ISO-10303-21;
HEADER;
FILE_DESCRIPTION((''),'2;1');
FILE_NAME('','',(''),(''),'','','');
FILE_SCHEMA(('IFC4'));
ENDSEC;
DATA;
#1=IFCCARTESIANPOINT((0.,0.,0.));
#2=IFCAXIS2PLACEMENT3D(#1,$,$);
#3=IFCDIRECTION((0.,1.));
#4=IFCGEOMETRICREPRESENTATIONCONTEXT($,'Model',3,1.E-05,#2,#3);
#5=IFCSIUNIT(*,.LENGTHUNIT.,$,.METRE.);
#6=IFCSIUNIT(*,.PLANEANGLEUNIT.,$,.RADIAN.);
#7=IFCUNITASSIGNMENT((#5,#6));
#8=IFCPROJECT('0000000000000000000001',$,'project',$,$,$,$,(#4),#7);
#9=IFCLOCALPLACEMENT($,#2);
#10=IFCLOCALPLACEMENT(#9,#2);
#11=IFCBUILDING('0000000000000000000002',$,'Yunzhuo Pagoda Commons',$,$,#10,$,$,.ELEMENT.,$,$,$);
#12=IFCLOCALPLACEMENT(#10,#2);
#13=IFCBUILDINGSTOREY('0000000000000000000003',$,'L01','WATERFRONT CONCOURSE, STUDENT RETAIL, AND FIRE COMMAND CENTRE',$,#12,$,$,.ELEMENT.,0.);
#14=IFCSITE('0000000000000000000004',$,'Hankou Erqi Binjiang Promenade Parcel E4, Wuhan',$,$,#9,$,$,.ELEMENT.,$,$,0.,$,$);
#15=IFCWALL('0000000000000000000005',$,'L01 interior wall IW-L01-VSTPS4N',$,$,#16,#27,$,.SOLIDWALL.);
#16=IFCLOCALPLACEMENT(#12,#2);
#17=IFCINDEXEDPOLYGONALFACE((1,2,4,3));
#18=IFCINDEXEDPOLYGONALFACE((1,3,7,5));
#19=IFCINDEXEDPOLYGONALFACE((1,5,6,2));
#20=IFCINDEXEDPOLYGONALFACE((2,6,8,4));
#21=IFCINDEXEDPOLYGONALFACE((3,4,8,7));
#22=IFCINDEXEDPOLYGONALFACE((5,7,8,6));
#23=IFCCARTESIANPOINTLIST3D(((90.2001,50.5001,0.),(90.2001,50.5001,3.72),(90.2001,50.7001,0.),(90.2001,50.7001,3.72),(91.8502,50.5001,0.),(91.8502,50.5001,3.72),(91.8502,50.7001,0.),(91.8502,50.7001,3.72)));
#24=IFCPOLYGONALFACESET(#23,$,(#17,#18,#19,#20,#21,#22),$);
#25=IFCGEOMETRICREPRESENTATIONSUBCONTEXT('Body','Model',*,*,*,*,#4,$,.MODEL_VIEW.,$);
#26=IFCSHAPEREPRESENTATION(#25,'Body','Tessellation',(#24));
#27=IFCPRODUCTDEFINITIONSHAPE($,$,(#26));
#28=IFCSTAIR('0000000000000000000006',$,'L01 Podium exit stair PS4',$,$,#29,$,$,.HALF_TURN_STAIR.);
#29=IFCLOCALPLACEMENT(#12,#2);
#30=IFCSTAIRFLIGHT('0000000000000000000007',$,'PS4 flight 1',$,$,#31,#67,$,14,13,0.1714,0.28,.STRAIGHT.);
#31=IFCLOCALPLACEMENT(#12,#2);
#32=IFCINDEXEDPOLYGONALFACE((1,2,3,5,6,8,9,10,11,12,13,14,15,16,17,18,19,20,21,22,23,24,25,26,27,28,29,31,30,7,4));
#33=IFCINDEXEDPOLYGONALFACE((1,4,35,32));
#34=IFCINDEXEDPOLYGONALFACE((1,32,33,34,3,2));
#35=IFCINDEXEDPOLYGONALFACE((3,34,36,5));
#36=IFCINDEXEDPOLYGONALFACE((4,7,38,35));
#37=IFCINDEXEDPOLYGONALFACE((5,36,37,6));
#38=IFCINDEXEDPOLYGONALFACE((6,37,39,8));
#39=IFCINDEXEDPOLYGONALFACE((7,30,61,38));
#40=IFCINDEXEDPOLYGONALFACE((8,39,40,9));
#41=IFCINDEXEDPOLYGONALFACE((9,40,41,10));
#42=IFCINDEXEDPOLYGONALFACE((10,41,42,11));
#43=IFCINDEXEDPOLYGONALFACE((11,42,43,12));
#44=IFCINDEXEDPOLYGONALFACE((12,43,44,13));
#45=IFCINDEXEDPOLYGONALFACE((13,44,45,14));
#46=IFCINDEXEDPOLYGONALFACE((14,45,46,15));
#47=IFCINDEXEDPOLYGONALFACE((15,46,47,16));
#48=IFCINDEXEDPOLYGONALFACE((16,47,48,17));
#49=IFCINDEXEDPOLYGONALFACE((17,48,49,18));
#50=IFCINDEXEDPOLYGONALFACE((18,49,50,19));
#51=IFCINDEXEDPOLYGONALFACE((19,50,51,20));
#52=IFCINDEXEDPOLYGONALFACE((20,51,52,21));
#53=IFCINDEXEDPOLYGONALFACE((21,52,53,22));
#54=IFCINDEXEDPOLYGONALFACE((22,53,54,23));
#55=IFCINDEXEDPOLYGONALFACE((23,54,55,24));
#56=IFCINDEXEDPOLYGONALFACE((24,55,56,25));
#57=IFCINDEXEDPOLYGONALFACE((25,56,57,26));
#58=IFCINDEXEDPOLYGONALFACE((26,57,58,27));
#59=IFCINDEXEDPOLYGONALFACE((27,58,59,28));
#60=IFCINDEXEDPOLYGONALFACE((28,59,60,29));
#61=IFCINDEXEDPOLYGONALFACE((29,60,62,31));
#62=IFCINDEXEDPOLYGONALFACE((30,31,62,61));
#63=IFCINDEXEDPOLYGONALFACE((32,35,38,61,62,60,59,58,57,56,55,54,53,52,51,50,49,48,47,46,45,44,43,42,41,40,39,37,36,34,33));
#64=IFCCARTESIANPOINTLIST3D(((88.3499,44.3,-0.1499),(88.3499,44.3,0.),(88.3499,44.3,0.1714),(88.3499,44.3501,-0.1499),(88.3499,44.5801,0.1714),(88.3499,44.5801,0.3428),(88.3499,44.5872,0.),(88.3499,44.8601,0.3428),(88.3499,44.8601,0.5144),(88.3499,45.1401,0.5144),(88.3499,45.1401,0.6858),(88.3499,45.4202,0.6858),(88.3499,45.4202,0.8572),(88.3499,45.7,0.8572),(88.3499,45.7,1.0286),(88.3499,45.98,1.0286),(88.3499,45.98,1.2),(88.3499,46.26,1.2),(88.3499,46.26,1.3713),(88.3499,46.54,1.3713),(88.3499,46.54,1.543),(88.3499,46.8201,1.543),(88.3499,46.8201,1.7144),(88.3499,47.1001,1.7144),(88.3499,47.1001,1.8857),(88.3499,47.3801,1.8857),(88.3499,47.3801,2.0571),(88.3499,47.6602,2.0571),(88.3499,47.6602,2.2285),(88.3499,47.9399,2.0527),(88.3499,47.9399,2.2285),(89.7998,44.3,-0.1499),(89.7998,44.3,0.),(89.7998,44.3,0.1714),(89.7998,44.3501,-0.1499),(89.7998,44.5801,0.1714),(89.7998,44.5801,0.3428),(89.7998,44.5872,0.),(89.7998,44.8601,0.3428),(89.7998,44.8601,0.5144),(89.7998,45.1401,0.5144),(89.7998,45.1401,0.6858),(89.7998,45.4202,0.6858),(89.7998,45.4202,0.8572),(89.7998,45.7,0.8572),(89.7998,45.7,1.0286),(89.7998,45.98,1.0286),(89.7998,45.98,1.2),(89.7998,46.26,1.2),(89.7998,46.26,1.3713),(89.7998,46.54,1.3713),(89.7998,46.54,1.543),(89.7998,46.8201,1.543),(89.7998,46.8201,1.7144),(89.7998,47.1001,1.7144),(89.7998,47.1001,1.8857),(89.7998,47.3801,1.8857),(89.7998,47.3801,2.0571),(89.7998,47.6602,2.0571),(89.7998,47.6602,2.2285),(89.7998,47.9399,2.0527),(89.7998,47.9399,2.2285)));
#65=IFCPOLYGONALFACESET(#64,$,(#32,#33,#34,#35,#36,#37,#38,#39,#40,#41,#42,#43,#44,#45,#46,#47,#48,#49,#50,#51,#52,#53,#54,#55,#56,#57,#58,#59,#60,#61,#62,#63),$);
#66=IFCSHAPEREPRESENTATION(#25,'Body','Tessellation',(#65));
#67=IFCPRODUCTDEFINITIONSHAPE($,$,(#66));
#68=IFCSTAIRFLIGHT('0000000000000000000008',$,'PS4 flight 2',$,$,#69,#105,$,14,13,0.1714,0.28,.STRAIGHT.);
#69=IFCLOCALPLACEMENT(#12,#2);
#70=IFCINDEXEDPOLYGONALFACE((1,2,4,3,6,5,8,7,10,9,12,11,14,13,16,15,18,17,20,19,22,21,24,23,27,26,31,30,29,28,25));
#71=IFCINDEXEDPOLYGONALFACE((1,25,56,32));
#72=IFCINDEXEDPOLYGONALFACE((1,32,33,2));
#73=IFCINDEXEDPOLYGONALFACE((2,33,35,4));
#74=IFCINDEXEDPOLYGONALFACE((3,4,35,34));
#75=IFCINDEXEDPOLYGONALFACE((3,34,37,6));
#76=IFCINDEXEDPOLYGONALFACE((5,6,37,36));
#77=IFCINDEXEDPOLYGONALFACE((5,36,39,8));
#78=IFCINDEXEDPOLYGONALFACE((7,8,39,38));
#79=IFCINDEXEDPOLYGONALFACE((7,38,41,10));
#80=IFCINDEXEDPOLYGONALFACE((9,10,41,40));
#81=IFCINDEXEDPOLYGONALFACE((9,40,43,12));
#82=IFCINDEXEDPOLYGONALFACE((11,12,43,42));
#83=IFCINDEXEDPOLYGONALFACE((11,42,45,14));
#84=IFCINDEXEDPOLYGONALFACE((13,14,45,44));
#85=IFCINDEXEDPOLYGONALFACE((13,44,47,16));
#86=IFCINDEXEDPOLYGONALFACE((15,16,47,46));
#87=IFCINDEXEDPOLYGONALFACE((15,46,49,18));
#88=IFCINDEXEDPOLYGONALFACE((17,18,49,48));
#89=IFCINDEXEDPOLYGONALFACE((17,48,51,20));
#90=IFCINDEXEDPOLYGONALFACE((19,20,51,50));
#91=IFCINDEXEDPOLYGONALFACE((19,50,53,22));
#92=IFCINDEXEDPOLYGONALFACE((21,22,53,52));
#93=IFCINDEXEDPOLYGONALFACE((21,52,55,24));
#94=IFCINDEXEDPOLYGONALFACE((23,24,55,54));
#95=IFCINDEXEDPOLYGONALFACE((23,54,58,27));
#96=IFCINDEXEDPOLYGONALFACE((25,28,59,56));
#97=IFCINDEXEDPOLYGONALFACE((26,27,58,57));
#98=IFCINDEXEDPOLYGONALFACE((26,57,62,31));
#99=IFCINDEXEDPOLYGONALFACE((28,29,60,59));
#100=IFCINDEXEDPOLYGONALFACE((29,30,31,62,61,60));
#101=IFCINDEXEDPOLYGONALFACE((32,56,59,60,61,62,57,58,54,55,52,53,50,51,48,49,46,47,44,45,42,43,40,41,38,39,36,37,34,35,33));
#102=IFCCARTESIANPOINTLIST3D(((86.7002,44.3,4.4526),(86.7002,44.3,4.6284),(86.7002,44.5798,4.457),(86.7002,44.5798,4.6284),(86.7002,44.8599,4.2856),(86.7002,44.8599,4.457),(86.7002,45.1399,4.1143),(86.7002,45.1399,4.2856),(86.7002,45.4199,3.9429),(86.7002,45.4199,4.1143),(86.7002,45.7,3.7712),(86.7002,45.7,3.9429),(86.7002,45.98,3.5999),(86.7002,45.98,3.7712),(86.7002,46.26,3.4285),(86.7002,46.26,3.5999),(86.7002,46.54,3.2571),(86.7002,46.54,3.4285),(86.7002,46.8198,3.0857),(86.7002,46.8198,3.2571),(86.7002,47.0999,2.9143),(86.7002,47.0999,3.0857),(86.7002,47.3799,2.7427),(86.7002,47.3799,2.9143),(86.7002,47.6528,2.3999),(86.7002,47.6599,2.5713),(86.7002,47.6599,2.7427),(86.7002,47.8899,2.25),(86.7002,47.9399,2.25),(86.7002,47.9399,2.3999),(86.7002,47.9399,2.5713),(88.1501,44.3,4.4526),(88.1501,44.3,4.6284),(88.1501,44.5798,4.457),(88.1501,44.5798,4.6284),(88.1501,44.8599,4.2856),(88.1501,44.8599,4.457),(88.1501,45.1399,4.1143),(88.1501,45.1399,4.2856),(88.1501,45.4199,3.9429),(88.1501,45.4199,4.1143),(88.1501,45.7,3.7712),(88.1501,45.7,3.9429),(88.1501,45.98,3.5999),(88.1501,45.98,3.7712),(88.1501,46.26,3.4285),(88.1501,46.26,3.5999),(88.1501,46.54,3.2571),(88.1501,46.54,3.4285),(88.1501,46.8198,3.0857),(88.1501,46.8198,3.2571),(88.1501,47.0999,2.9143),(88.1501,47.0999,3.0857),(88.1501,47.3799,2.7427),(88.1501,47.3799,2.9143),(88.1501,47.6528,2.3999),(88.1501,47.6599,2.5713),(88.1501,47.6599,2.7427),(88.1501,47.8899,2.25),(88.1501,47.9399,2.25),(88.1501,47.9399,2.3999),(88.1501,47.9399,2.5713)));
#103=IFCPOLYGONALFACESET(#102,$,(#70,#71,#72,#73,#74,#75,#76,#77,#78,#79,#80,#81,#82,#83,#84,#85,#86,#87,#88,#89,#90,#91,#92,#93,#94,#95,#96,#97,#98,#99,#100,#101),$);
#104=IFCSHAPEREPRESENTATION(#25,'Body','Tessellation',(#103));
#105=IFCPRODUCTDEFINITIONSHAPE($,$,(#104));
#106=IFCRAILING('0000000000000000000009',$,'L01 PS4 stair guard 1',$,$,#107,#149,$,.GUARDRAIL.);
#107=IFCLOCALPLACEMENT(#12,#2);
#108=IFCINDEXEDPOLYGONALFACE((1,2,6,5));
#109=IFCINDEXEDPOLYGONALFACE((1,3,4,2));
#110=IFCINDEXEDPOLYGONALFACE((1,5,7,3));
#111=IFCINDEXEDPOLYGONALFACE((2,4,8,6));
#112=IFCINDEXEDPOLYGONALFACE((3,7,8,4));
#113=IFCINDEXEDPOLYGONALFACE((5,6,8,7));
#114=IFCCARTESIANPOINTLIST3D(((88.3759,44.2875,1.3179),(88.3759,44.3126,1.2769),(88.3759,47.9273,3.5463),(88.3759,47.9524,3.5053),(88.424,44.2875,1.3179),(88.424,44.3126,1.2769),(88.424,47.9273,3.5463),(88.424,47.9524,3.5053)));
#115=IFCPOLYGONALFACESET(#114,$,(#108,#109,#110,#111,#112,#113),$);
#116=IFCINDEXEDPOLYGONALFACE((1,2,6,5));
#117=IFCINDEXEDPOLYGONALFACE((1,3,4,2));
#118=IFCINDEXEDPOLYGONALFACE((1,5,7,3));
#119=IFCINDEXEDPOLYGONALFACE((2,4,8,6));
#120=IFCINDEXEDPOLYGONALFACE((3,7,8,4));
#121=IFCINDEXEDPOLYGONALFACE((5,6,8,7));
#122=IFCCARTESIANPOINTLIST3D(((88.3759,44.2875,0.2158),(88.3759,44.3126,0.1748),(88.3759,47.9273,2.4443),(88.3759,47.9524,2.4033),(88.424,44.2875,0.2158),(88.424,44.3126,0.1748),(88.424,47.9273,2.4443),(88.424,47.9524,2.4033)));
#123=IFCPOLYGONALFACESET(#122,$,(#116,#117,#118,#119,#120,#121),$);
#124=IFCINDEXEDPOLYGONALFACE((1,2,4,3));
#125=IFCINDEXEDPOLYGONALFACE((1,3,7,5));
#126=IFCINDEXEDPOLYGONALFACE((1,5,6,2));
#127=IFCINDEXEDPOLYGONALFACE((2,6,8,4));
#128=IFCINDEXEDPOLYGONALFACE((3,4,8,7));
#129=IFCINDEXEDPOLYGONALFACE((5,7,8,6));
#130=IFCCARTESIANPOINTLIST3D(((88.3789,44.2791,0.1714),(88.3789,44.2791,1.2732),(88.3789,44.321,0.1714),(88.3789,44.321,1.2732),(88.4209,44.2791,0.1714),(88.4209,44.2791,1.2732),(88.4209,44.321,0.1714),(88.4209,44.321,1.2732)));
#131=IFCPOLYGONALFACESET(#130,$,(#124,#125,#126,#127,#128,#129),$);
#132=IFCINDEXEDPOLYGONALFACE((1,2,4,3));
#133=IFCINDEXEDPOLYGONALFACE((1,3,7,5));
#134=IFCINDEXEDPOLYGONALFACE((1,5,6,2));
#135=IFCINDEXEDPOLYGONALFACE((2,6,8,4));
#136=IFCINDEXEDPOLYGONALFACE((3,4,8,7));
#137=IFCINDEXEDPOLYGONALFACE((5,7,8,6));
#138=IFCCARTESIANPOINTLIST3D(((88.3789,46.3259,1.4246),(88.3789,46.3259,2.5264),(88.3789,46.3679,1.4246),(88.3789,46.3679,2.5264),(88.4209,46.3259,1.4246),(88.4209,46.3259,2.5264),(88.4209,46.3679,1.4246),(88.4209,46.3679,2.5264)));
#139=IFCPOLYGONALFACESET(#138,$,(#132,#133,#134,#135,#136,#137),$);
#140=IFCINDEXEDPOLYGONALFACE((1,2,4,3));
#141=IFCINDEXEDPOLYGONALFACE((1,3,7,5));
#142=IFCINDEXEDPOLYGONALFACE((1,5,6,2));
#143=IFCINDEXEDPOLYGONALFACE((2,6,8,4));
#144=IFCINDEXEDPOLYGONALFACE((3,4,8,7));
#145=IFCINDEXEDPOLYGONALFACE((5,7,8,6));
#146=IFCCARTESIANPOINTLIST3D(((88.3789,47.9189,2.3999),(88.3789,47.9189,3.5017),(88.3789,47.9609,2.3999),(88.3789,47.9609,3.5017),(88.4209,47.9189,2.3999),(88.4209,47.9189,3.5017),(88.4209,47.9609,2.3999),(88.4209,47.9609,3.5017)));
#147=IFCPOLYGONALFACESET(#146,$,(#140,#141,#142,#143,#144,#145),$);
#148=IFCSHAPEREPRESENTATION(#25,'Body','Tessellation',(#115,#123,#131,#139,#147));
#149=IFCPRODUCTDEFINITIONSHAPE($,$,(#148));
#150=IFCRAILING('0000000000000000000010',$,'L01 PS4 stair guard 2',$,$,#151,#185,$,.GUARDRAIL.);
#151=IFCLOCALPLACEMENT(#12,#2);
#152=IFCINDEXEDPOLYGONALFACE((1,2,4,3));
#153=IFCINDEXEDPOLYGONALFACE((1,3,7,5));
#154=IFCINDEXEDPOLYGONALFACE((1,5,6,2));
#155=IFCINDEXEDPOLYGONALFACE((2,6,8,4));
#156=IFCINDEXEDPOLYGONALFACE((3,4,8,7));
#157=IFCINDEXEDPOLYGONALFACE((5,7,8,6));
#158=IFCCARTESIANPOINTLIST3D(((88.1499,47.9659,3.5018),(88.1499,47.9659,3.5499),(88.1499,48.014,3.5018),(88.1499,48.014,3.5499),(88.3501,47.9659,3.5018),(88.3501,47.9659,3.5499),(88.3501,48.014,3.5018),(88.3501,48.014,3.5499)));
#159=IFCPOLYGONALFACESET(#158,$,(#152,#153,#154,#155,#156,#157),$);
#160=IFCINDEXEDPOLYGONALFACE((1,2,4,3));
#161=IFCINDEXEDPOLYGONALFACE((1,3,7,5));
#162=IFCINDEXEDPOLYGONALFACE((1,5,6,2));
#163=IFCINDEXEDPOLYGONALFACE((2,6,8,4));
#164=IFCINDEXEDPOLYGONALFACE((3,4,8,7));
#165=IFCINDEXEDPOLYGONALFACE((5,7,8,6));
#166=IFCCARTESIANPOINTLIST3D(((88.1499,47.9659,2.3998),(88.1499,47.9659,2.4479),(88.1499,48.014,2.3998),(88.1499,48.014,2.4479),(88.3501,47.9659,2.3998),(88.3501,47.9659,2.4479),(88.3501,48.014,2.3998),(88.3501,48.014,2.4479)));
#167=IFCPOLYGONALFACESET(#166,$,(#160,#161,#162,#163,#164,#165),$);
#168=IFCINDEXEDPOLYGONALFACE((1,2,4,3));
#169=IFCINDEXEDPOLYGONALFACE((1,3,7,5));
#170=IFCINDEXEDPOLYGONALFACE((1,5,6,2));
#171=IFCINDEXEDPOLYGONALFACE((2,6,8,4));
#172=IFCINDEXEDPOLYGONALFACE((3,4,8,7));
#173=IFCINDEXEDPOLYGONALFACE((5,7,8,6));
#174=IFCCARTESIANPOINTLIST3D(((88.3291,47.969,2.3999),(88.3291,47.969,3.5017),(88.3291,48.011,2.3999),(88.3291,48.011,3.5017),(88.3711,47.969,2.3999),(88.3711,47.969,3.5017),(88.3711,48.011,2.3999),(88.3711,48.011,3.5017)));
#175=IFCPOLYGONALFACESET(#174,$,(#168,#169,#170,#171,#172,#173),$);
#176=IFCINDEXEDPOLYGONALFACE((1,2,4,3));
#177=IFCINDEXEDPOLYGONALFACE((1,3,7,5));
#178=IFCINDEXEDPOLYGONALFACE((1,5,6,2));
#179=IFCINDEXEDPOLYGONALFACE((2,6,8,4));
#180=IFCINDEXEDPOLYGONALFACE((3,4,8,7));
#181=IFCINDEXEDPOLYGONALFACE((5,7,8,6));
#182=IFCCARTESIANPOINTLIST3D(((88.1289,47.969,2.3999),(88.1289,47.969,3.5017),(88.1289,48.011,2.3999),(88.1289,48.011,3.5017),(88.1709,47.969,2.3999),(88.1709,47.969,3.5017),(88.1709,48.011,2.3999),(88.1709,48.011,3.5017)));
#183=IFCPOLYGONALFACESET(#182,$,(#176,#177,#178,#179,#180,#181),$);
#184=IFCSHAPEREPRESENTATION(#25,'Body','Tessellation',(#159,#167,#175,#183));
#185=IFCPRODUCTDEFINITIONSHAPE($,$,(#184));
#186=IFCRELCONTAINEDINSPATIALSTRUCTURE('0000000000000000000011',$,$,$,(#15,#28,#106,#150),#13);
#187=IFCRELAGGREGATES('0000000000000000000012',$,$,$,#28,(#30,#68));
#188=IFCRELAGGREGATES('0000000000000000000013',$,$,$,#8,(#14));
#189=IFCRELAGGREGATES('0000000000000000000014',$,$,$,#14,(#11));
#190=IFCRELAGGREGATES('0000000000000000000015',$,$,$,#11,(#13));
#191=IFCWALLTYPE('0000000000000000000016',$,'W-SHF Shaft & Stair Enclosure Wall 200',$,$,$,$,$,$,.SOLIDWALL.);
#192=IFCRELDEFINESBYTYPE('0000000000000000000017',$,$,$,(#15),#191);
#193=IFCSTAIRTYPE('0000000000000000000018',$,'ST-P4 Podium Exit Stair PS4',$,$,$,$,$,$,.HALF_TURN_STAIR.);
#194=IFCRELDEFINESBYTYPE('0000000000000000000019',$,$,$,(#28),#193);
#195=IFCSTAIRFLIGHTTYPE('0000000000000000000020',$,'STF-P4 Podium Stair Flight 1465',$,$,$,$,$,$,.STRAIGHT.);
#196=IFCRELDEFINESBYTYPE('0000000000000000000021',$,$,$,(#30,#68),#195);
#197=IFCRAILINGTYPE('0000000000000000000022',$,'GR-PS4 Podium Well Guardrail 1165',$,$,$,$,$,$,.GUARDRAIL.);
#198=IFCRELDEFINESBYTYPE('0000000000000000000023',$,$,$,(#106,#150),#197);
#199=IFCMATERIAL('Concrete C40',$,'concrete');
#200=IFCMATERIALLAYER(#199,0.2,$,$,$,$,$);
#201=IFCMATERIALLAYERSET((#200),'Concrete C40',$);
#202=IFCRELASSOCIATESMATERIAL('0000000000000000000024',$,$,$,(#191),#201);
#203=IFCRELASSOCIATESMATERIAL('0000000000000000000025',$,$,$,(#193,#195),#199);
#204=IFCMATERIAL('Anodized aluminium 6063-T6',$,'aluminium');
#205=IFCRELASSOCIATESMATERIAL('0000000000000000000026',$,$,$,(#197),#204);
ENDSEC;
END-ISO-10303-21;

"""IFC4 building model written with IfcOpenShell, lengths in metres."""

from ifc_helpers import new_model, si_unit, direction, frame, frame_2d, origin, origin_2d, place, context, subcontext, project, spatial, polyline, rectangle, outline, extrude, source, transform, mapped, material, layer, layer_set, type_object, element, aggregate, save


model = new_model("IFC4")

# Units and contexts
model_context = context("Model", 3, precision=1e-05, world=origin(), true_north=direction((0.0, 1.0)))
body_context = subcontext(model_context, "Body", "Model", "MODEL_VIEW")
ifc_project = project(units=[si_unit("LENGTHUNIT", "METRE"), si_unit("PLANEANGLEUNIT", "RADIAN")], contexts=[model_context])

# Site, building, storey
site_placement = place(None, origin())
site = spatial("IfcSite", under=ifc_project, at=site_placement, Name="Hankou Erqi Binjiang Promenade Parcel E4, Wuhan", CompositionType="ELEMENT", RefElevation=0.0)
building_placement = place(site_placement, origin())
building = spatial("IfcBuilding", under=site, at=building_placement, Name="Yunzhuo Pagoda Commons", CompositionType="ELEMENT")
storey_placement = place(building_placement, origin())
storey = spatial("IfcBuildingStorey", under=building, at=storey_placement, Name="L01", Description="WATERFRONT CONCOURSE, STUDENT RETAIL, AND FIRE COMMAND CENTRE", CompositionType="ELEMENT", Elevation=0.0)

# Shared definitions
ifc_material_1 = material(Name="Anodized aluminium 6063-T6", Category="aluminium")

# Wall
ifc_material_2 = material(Name="Concrete C40", Category="concrete")
ifc_layer_1 = layer(ifc_material_2, 0.2)
ifc_layer_set_1 = layer_set([ifc_layer_1], Name="Concrete C40")
wall_type_1 = type_object("IfcWallType", Name="W-SHF Shaft & Stair Enclosure Wall 200", PredefinedType="SOLIDWALL", material=ifc_layer_set_1)
wall_1_placement = place(storey_placement, frame((90.2, 50.6001, 0.0), z_axis=(0.0, 0.0, 1.0), x_axis=(1.0, 0.0, 0.0)))
element("IfcWall", 1, at=wall_1_placement, inside=storey, type_object=wall_type_1, Name="L01 interior wall IW-L01-VSTPS4N", PredefinedType="SOLIDWALL", context=body_context, shape_type="SweptSolid", body=[
    extrude(rectangle(XDim=1.6501, YDim=0.2, at=frame_2d((0.8252, 0.0))), origin(), (0.0, 0.0, 1.0), 3.72),
])

# Stair, stair flights
stair_type = type_object("IfcStairType", Name="ST-P4 Podium Exit Stair PS4", PredefinedType="HALF_TURN_STAIR", material=ifc_material_2)
stair_placement = place(storey_placement, origin())
stair = element("IfcStair", 2, at=stair_placement, inside=storey, type_object=stair_type, Name="L01 Podium exit stair PS4", PredefinedType="HALF_TURN_STAIR")
stair_flight_type = type_object("IfcStairFlightType", Name="STF-P4 Podium Stair Flight 1465", PredefinedType="STRAIGHT", material=ifc_material_2)
shared_shape_1 = source(origin(), body_context, "Body", "SweptSolid", [
    extrude(outline(polyline([(0.0, -0.1499), (0.0, 0.0), (0.0, 0.1714), (0.28, 0.1714), (0.28, 0.3428), (0.5601, 0.3428), (0.5601, 0.5144), (0.8401, 0.5144), (0.8401, 0.6858), (1.1201, 0.6858), (1.1201, 0.8572), (1.3999, 0.8572), (1.3999, 1.0286), (1.6799, 1.0286), (1.6799, 1.2), (1.96, 1.2), (1.96, 1.3713), (2.24, 1.3713), (2.24, 1.543), (2.52, 1.543), (2.52, 1.7144), (2.8, 1.7144), (2.8, 1.8857), (3.0801, 1.8857), (3.0801, 2.0571), (3.3601, 2.0571), (3.3601, 2.2285), (3.6399, 2.2285), (3.6399, 2.3999), (3.6399, 2.0527), (0.2871, 0.0), (0.05, -0.1499), (0.0, -0.1499)])), frame((0.0, 0.7251, 0.0), z_axis=(0.0, -1.0, 0.0), x_axis=(1.0, 0.0, 0.0)), (0.0, 0.0, 1.0), 1.45),
])
stair_flight_1_placement = place(storey_placement, frame((89.075, 44.3, 0.0), z_axis=(0.0, 0.0, 1.0), x_axis=(0.0, 1.0, 0.0)))
stair_flight_1 = element("IfcStairFlight", 3, at=stair_flight_1_placement, type_object=stair_flight_type, Name="PS4 flight 1", NumberOfRisers=14, NumberOfTreads=13, PredefinedType="STRAIGHT", RiserHeight=0.1714, TreadLength=0.28, context=body_context, shape_type="MappedRepresentation", body=[
    mapped(shared_shape_1, transform((0.0, 0.0, 0.0), scale=1.0)),
])
stair_flight_2_placement = place(storey_placement, frame((87.425, 47.9399, 2.3999), z_axis=(0.0, 0.0, 1.0), x_axis=(0.0, -1.0, 0.0)))
stair_flight_2 = element("IfcStairFlight", 4, at=stair_flight_2_placement, type_object=stair_flight_type, Name="PS4 flight 2", NumberOfRisers=14, NumberOfTreads=13, PredefinedType="STRAIGHT", RiserHeight=0.1714, TreadLength=0.28, context=body_context, shape_type="MappedRepresentation", body=[
    mapped(shared_shape_1, transform((0.0, 0.0, 0.0), scale=1.0)),
])
aggregate(stair, [stair_flight_1, stair_flight_2])

# Railings
railing_type_1 = type_object("IfcRailingType", Name="GR-PS4 Podium Well Guardrail 1165", PredefinedType="GUARDRAIL", material=ifc_material_1)
railing_1_placement = place(storey_placement, frame((88.3999, 44.3, 0.1714)))
element("IfcRailing", 5, at=railing_1_placement, inside=storey, type_object=railing_type_1, Name="L01 PS4 stair guard 1", PredefinedType="GUARDRAIL", context=body_context, shape_type="SweptSolid", body=[
    extrude(rectangle(XDim=0.0481, YDim=0.0481, at=origin_2d()), frame((0.0, 0.0, 1.126), z_axis=(0.0, 0.85285, 0.522156), x_axis=(-1.0, 0.0, 0.0)), (0.0, 0.0, 1.0), 4.2678),
    extrude(rectangle(XDim=0.0481, YDim=0.0481, at=origin_2d()), frame((0.0, 0.0, 0.0239), z_axis=(0.0, 0.85285, 0.522156), x_axis=(-1.0, 0.0, 0.0)), (0.0, 0.0, 1.0), 4.2678),
    extrude(rectangle(XDim=0.042, YDim=0.042, at=origin_2d()), origin(), (0.0, 0.0, 1.0), 1.1018),
    extrude(rectangle(XDim=0.042, YDim=0.042, at=origin_2d()), frame((0.0, 2.0469, 1.2532)), (0.0, 0.0, 1.0), 1.1018),
    extrude(rectangle(XDim=0.042, YDim=0.042, at=origin_2d()), frame((0.0, 3.6399, 2.2285)), (0.0, 0.0, 1.0), 1.1018),
])
railing_2_placement = place(storey_placement, frame((88.3501, 47.99, 2.3999)))
element("IfcRailing", 6, at=railing_2_placement, inside=storey, type_object=railing_type_1, Name="L01 PS4 stair guard 2", PredefinedType="GUARDRAIL", context=body_context, shape_type="SweptSolid", body=[
    extrude(rectangle(XDim=0.0481, YDim=0.0481, at=origin_2d()), frame((0.0, 0.0, 1.126), z_axis=(-1.0, 0.0, 0.0), x_axis=(0.0, -1.0, 0.0)), (0.0, 0.0, 1.0), 0.2002),
    extrude(rectangle(XDim=0.0481, YDim=0.0481, at=origin_2d()), frame((0.0, 0.0, 0.0239), z_axis=(-1.0, 0.0, 0.0), x_axis=(0.0, -1.0, 0.0)), (0.0, 0.0, 1.0), 0.2002),
    extrude(rectangle(XDim=0.042, YDim=0.042, at=origin_2d()), origin(), (0.0, 0.0, 1.0), 1.1018),
    extrude(rectangle(XDim=0.042, YDim=0.042, at=origin_2d()), frame((-0.2002, 0.0, 0.0)), (0.0, 0.0, 1.0), 1.1018),
])

save(model, "model.ifc")
